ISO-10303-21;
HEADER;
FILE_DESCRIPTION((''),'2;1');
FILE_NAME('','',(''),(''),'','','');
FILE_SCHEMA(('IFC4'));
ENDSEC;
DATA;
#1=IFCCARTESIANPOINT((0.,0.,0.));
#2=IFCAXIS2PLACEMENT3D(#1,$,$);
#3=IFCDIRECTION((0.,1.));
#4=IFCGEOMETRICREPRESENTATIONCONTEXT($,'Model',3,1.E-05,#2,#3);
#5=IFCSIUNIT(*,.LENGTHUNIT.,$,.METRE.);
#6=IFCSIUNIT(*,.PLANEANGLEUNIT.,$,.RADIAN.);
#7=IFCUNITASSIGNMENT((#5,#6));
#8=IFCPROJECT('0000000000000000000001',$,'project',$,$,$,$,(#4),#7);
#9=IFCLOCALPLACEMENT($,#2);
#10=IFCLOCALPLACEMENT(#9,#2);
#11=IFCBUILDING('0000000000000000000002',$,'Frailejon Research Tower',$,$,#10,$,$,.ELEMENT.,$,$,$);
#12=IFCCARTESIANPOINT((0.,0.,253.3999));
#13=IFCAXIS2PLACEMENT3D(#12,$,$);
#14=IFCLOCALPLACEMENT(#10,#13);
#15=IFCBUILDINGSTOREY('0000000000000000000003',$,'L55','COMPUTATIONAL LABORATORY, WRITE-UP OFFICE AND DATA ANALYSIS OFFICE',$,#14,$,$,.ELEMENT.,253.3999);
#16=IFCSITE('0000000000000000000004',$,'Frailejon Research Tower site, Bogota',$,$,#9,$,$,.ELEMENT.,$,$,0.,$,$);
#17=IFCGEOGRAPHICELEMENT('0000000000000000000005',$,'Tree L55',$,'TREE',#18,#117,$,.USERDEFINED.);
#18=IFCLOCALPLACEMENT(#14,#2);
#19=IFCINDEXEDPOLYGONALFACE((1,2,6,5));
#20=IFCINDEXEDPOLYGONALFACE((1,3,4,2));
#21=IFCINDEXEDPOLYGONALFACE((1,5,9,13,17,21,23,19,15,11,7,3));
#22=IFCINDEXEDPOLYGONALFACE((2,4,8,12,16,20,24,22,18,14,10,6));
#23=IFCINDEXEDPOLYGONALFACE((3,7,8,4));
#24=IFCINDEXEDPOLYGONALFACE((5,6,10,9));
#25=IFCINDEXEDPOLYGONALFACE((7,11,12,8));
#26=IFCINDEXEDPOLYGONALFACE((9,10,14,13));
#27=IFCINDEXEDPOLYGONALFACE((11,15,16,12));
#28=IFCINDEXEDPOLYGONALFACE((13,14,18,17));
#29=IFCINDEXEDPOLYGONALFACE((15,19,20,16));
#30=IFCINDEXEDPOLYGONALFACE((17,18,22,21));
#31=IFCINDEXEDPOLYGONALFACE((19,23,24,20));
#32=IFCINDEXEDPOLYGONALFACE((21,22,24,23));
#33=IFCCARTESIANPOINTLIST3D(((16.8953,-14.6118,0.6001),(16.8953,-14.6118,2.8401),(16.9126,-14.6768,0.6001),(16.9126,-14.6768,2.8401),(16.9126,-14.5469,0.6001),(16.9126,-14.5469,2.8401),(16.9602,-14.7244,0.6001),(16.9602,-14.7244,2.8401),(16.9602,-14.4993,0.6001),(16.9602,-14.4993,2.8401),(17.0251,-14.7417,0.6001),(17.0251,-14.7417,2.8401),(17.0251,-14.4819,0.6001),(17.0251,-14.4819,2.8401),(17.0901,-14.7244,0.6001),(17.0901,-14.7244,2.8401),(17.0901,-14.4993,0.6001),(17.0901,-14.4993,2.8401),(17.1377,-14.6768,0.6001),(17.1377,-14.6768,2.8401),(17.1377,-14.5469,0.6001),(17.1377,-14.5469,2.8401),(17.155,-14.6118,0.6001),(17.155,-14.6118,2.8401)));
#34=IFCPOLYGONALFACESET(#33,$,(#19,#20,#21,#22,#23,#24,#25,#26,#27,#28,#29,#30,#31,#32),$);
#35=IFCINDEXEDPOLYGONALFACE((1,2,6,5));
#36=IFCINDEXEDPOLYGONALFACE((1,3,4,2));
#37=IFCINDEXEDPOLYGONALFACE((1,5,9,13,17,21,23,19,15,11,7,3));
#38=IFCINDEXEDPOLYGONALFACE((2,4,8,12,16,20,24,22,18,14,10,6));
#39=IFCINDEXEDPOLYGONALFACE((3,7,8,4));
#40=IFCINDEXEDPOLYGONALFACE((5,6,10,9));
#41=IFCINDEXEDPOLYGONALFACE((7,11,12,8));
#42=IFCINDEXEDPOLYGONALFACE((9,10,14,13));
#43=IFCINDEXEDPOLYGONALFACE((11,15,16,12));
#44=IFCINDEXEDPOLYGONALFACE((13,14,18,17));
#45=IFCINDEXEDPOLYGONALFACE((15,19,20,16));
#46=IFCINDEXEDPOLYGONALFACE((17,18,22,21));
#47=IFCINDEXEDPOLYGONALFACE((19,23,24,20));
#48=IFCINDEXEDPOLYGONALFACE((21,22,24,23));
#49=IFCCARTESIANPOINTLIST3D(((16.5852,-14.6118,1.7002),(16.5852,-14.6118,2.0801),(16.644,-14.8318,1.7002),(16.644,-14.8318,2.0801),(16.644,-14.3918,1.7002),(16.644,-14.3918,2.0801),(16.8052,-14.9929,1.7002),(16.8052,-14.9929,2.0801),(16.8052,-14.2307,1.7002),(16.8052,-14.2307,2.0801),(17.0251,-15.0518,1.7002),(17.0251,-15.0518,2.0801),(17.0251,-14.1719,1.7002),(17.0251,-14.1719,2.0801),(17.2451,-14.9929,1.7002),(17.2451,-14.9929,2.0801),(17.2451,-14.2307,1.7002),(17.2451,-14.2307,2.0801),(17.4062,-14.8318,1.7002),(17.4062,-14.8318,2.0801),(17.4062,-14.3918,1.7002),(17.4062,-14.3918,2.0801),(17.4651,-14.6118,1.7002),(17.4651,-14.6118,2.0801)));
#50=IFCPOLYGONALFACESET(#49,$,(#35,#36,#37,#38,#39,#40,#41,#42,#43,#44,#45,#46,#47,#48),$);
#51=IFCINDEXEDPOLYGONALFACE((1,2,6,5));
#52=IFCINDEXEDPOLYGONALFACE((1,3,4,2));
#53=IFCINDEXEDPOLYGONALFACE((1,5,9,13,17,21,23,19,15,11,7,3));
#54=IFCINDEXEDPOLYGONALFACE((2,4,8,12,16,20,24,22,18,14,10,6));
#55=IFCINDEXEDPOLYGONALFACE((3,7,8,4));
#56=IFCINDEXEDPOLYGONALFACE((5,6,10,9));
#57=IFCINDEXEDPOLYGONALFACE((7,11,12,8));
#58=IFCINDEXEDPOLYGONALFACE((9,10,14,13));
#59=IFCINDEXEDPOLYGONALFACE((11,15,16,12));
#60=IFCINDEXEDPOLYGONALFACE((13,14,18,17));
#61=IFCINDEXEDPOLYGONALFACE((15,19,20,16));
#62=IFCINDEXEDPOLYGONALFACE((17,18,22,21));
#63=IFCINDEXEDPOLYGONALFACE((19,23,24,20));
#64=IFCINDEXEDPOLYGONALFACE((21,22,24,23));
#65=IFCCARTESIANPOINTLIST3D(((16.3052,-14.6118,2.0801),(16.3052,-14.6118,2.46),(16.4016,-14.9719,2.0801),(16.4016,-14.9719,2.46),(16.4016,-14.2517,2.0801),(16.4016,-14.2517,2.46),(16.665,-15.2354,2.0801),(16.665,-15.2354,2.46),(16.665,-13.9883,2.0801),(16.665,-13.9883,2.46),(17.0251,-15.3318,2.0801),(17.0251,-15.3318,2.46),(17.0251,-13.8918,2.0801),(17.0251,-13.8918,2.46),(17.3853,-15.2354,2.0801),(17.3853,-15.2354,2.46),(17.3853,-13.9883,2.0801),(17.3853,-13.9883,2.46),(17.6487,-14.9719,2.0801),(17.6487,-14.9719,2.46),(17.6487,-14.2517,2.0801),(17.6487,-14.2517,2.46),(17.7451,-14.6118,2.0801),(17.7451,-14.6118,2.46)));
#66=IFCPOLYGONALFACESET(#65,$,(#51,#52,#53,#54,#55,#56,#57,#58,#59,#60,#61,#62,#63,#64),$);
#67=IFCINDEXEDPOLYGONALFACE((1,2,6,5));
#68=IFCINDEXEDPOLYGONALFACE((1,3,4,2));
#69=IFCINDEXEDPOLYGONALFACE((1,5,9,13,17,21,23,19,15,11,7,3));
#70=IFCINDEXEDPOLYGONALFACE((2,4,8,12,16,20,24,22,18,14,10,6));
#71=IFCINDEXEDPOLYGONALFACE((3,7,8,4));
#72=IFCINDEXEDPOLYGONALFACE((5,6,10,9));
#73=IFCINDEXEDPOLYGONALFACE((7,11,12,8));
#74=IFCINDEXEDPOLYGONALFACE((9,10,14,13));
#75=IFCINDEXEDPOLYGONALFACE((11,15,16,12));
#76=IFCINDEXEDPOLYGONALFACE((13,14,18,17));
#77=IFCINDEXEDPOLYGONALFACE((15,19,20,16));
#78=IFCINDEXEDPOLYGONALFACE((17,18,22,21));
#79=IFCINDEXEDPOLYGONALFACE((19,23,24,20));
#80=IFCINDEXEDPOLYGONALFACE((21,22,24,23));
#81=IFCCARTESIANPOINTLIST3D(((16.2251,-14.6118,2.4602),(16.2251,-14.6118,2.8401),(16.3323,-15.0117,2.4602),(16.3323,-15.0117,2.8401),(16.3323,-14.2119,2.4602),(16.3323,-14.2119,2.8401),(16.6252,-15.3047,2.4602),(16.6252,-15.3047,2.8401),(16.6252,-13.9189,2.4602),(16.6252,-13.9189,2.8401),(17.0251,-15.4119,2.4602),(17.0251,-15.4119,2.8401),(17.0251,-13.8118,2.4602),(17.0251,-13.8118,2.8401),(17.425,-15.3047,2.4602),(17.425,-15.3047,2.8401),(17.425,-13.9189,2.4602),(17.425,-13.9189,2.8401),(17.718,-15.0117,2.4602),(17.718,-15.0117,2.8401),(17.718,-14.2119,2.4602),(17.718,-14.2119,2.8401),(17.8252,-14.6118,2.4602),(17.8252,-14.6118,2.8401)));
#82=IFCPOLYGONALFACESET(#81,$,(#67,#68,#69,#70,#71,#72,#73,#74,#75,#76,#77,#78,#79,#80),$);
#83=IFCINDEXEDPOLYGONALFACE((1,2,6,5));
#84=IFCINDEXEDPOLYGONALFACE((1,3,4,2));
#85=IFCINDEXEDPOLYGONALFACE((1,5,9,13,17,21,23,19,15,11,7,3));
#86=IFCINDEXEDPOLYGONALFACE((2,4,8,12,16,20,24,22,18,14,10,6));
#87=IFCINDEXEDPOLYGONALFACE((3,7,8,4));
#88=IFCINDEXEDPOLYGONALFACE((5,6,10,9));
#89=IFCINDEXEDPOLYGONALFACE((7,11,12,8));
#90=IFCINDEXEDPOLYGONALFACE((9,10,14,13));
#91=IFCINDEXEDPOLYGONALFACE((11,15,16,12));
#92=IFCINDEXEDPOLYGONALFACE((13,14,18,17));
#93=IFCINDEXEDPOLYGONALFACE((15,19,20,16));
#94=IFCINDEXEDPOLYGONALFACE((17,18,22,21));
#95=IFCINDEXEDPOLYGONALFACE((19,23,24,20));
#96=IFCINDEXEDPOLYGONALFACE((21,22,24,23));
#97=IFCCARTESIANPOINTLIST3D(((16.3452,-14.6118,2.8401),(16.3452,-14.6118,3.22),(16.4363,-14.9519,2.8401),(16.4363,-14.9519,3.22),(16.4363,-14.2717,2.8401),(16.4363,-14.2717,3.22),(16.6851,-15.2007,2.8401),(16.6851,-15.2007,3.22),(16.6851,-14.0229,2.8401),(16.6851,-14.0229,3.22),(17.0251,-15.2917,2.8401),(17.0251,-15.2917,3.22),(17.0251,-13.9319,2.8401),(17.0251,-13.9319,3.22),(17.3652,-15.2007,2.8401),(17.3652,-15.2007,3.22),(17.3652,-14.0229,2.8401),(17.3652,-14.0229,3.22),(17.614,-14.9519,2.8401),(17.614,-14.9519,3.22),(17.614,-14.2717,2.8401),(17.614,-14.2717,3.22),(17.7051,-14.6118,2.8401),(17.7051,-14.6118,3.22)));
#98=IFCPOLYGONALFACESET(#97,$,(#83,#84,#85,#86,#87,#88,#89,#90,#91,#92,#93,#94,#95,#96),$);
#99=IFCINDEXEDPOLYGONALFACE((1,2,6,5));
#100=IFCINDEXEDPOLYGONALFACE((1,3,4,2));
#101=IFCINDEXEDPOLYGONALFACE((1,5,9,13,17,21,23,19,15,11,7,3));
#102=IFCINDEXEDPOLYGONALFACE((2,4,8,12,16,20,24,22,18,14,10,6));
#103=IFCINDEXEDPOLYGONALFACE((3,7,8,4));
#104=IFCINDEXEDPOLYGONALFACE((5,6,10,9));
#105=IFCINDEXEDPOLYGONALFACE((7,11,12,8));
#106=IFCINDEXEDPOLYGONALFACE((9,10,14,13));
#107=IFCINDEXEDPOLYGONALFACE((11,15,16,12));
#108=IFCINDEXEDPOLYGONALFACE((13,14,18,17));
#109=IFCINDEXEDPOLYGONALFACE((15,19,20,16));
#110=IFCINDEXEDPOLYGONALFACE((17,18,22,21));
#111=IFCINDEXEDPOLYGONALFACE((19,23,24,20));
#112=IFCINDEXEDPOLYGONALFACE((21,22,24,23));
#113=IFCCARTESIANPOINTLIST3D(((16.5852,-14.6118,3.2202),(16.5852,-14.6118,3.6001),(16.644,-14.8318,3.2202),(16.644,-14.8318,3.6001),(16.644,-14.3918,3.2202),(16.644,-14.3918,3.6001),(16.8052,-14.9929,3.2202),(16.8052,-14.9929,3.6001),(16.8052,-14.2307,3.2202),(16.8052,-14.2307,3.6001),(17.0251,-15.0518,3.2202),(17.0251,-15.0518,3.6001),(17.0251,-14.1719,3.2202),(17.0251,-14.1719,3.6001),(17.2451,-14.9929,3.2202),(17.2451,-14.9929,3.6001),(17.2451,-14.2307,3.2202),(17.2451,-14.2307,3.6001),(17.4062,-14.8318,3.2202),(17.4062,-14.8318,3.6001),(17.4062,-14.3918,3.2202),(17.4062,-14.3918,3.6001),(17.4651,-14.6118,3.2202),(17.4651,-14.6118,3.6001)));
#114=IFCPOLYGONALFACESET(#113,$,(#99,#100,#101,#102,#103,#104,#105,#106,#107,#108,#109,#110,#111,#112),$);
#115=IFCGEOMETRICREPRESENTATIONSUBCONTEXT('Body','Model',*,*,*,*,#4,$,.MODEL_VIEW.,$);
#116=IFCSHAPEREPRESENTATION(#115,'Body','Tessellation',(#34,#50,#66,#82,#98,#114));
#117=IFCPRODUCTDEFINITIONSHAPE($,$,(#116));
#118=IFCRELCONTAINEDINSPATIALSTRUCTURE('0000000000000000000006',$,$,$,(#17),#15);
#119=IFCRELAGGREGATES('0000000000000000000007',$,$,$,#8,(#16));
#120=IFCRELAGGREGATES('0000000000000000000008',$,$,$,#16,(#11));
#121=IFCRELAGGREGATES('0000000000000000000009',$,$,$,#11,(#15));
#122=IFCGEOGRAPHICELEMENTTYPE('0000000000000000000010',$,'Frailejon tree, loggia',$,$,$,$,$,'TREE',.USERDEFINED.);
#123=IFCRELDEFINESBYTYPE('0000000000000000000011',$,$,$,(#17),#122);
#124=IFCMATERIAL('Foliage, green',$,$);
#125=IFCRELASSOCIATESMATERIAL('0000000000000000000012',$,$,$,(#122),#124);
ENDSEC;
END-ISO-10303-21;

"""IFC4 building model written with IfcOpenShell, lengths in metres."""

from ifc_helpers import new_model, si_unit, direction, frame, origin, place, context, subcontext, project, spatial, polyline, outline, extrude, material, type_object, element, save


model = new_model("IFC4")

# Units and contexts
model_context = context("Model", 3, precision=1e-05, world=origin(), true_north=direction((0.0, 1.0)))
body_context = subcontext(model_context, "Body", "Model", "MODEL_VIEW")
ifc_project = project(units=[si_unit("LENGTHUNIT", "METRE"), si_unit("PLANEANGLEUNIT", "RADIAN")], contexts=[model_context])

# Site, building, storey
site_placement = place(None, origin())
site = spatial("IfcSite", under=ifc_project, at=site_placement, Name="Frailejon Research Tower site, Bogota", CompositionType="ELEMENT", RefElevation=0.0)
building_placement = place(site_placement, origin())
building = spatial("IfcBuilding", under=site, at=building_placement, Name="Frailejon Research Tower", CompositionType="ELEMENT")
storey_placement = place(building_placement, frame((0.0, 0.0, 253.3999)))
storey = spatial("IfcBuildingStorey", under=building, at=storey_placement, Name="L55", Description="COMPUTATIONAL LABORATORY, WRITE-UP OFFICE AND DATA ANALYSIS OFFICE", CompositionType="ELEMENT", Elevation=253.3999)

# Geographic element
ifc_material_1 = material(Name="Foliage, green")
geographic_element_type = type_object("IfcGeographicElementType", Name="Frailejon tree, loggia", ElementType="TREE", PredefinedType="USERDEFINED", material=ifc_material_1)
geographic_element_placement = place(storey_placement, frame((17.0251, -14.6118, 0.6001)))
element("IfcGeographicElement", 1, at=geographic_element_placement, inside=storey, type_object=geographic_element_type, Name="Tree L55", ObjectType="TREE", PredefinedType="USERDEFINED", context=body_context, shape_type="SweptSolid", body=[
    extrude(outline(polyline([(0.1299, 0.0), (0.1125, 0.0649), (0.0649, 0.1125), (0.0, 0.1299), (-0.0649, 0.1125), (-0.1125, 0.0649), (-0.1299, 0.0), (-0.1125, -0.0649), (-0.0649, -0.1125), (0.0, -0.1299), (0.0649, -0.1125), (0.1125, -0.0649), (0.1299, 0.0)])), origin(), (0.0, 0.0, 1.0), 2.24),
    extrude(outline(polyline([(0.4399, 0.0), (0.3811, 0.22), (0.22, 0.3811), (0.0, 0.4399), (-0.22, 0.3811), (-0.3811, 0.22), (-0.4399, 0.0), (-0.3811, -0.22), (-0.22, -0.3811), (0.0, -0.4399), (0.22, -0.3811), (0.3811, -0.22), (0.4399, 0.0)])), frame((0.0, 0.0, 1.1001)), (0.0, 0.0, 1.0), 0.3799),
    extrude(outline(polyline([(0.72, 0.0), (0.6235, 0.3601), (0.3601, 0.6235), (0.0, 0.72), (-0.3601, 0.6235), (-0.6235, 0.3601), (-0.72, 0.0), (-0.6235, -0.3601), (-0.3601, -0.6235), (0.0, -0.72), (0.3601, -0.6235), (0.6235, -0.3601), (0.72, 0.0)])), frame((0.0, 0.0, 1.48)), (0.0, 0.0, 1.0), 0.3799),
    extrude(outline(polyline([(0.8, 0.0), (0.6929, 0.3999), (0.3999, 0.6929), (0.0, 0.8), (-0.3999, 0.6929), (-0.6929, 0.3999), (-0.8, 0.0), (-0.6929, -0.3999), (-0.3999, -0.6929), (0.0, -0.8), (0.3999, -0.6929), (0.6929, -0.3999), (0.8, 0.0)])), frame((0.0, 0.0, 1.8601)), (0.0, 0.0, 1.0), 0.3799),
    extrude(outline(polyline([(0.6799, 0.0), (0.5889, 0.3401), (0.3401, 0.5889), (0.0, 0.6799), (-0.3401, 0.5889), (-0.5889, 0.3401), (-0.6799, 0.0), (-0.5889, -0.3401), (-0.3401, -0.5889), (0.0, -0.6799), (0.3401, -0.5889), (0.5889, -0.3401), (0.6799, 0.0)])), frame((0.0, 0.0, 2.24)), (0.0, 0.0, 1.0), 0.3799),
    extrude(outline(polyline([(0.4399, 0.0), (0.3811, 0.22), (0.22, 0.3811), (0.0, 0.4399), (-0.22, 0.3811), (-0.3811, 0.22), (-0.4399, 0.0), (-0.3811, -0.22), (-0.22, -0.3811), (0.0, -0.4399), (0.22, -0.3811), (0.3811, -0.22), (0.4399, 0.0)])), frame((0.0, 0.0, 2.6201)), (0.0, 0.0, 1.0), 0.3799),
])

save(model, "model.ifc")
